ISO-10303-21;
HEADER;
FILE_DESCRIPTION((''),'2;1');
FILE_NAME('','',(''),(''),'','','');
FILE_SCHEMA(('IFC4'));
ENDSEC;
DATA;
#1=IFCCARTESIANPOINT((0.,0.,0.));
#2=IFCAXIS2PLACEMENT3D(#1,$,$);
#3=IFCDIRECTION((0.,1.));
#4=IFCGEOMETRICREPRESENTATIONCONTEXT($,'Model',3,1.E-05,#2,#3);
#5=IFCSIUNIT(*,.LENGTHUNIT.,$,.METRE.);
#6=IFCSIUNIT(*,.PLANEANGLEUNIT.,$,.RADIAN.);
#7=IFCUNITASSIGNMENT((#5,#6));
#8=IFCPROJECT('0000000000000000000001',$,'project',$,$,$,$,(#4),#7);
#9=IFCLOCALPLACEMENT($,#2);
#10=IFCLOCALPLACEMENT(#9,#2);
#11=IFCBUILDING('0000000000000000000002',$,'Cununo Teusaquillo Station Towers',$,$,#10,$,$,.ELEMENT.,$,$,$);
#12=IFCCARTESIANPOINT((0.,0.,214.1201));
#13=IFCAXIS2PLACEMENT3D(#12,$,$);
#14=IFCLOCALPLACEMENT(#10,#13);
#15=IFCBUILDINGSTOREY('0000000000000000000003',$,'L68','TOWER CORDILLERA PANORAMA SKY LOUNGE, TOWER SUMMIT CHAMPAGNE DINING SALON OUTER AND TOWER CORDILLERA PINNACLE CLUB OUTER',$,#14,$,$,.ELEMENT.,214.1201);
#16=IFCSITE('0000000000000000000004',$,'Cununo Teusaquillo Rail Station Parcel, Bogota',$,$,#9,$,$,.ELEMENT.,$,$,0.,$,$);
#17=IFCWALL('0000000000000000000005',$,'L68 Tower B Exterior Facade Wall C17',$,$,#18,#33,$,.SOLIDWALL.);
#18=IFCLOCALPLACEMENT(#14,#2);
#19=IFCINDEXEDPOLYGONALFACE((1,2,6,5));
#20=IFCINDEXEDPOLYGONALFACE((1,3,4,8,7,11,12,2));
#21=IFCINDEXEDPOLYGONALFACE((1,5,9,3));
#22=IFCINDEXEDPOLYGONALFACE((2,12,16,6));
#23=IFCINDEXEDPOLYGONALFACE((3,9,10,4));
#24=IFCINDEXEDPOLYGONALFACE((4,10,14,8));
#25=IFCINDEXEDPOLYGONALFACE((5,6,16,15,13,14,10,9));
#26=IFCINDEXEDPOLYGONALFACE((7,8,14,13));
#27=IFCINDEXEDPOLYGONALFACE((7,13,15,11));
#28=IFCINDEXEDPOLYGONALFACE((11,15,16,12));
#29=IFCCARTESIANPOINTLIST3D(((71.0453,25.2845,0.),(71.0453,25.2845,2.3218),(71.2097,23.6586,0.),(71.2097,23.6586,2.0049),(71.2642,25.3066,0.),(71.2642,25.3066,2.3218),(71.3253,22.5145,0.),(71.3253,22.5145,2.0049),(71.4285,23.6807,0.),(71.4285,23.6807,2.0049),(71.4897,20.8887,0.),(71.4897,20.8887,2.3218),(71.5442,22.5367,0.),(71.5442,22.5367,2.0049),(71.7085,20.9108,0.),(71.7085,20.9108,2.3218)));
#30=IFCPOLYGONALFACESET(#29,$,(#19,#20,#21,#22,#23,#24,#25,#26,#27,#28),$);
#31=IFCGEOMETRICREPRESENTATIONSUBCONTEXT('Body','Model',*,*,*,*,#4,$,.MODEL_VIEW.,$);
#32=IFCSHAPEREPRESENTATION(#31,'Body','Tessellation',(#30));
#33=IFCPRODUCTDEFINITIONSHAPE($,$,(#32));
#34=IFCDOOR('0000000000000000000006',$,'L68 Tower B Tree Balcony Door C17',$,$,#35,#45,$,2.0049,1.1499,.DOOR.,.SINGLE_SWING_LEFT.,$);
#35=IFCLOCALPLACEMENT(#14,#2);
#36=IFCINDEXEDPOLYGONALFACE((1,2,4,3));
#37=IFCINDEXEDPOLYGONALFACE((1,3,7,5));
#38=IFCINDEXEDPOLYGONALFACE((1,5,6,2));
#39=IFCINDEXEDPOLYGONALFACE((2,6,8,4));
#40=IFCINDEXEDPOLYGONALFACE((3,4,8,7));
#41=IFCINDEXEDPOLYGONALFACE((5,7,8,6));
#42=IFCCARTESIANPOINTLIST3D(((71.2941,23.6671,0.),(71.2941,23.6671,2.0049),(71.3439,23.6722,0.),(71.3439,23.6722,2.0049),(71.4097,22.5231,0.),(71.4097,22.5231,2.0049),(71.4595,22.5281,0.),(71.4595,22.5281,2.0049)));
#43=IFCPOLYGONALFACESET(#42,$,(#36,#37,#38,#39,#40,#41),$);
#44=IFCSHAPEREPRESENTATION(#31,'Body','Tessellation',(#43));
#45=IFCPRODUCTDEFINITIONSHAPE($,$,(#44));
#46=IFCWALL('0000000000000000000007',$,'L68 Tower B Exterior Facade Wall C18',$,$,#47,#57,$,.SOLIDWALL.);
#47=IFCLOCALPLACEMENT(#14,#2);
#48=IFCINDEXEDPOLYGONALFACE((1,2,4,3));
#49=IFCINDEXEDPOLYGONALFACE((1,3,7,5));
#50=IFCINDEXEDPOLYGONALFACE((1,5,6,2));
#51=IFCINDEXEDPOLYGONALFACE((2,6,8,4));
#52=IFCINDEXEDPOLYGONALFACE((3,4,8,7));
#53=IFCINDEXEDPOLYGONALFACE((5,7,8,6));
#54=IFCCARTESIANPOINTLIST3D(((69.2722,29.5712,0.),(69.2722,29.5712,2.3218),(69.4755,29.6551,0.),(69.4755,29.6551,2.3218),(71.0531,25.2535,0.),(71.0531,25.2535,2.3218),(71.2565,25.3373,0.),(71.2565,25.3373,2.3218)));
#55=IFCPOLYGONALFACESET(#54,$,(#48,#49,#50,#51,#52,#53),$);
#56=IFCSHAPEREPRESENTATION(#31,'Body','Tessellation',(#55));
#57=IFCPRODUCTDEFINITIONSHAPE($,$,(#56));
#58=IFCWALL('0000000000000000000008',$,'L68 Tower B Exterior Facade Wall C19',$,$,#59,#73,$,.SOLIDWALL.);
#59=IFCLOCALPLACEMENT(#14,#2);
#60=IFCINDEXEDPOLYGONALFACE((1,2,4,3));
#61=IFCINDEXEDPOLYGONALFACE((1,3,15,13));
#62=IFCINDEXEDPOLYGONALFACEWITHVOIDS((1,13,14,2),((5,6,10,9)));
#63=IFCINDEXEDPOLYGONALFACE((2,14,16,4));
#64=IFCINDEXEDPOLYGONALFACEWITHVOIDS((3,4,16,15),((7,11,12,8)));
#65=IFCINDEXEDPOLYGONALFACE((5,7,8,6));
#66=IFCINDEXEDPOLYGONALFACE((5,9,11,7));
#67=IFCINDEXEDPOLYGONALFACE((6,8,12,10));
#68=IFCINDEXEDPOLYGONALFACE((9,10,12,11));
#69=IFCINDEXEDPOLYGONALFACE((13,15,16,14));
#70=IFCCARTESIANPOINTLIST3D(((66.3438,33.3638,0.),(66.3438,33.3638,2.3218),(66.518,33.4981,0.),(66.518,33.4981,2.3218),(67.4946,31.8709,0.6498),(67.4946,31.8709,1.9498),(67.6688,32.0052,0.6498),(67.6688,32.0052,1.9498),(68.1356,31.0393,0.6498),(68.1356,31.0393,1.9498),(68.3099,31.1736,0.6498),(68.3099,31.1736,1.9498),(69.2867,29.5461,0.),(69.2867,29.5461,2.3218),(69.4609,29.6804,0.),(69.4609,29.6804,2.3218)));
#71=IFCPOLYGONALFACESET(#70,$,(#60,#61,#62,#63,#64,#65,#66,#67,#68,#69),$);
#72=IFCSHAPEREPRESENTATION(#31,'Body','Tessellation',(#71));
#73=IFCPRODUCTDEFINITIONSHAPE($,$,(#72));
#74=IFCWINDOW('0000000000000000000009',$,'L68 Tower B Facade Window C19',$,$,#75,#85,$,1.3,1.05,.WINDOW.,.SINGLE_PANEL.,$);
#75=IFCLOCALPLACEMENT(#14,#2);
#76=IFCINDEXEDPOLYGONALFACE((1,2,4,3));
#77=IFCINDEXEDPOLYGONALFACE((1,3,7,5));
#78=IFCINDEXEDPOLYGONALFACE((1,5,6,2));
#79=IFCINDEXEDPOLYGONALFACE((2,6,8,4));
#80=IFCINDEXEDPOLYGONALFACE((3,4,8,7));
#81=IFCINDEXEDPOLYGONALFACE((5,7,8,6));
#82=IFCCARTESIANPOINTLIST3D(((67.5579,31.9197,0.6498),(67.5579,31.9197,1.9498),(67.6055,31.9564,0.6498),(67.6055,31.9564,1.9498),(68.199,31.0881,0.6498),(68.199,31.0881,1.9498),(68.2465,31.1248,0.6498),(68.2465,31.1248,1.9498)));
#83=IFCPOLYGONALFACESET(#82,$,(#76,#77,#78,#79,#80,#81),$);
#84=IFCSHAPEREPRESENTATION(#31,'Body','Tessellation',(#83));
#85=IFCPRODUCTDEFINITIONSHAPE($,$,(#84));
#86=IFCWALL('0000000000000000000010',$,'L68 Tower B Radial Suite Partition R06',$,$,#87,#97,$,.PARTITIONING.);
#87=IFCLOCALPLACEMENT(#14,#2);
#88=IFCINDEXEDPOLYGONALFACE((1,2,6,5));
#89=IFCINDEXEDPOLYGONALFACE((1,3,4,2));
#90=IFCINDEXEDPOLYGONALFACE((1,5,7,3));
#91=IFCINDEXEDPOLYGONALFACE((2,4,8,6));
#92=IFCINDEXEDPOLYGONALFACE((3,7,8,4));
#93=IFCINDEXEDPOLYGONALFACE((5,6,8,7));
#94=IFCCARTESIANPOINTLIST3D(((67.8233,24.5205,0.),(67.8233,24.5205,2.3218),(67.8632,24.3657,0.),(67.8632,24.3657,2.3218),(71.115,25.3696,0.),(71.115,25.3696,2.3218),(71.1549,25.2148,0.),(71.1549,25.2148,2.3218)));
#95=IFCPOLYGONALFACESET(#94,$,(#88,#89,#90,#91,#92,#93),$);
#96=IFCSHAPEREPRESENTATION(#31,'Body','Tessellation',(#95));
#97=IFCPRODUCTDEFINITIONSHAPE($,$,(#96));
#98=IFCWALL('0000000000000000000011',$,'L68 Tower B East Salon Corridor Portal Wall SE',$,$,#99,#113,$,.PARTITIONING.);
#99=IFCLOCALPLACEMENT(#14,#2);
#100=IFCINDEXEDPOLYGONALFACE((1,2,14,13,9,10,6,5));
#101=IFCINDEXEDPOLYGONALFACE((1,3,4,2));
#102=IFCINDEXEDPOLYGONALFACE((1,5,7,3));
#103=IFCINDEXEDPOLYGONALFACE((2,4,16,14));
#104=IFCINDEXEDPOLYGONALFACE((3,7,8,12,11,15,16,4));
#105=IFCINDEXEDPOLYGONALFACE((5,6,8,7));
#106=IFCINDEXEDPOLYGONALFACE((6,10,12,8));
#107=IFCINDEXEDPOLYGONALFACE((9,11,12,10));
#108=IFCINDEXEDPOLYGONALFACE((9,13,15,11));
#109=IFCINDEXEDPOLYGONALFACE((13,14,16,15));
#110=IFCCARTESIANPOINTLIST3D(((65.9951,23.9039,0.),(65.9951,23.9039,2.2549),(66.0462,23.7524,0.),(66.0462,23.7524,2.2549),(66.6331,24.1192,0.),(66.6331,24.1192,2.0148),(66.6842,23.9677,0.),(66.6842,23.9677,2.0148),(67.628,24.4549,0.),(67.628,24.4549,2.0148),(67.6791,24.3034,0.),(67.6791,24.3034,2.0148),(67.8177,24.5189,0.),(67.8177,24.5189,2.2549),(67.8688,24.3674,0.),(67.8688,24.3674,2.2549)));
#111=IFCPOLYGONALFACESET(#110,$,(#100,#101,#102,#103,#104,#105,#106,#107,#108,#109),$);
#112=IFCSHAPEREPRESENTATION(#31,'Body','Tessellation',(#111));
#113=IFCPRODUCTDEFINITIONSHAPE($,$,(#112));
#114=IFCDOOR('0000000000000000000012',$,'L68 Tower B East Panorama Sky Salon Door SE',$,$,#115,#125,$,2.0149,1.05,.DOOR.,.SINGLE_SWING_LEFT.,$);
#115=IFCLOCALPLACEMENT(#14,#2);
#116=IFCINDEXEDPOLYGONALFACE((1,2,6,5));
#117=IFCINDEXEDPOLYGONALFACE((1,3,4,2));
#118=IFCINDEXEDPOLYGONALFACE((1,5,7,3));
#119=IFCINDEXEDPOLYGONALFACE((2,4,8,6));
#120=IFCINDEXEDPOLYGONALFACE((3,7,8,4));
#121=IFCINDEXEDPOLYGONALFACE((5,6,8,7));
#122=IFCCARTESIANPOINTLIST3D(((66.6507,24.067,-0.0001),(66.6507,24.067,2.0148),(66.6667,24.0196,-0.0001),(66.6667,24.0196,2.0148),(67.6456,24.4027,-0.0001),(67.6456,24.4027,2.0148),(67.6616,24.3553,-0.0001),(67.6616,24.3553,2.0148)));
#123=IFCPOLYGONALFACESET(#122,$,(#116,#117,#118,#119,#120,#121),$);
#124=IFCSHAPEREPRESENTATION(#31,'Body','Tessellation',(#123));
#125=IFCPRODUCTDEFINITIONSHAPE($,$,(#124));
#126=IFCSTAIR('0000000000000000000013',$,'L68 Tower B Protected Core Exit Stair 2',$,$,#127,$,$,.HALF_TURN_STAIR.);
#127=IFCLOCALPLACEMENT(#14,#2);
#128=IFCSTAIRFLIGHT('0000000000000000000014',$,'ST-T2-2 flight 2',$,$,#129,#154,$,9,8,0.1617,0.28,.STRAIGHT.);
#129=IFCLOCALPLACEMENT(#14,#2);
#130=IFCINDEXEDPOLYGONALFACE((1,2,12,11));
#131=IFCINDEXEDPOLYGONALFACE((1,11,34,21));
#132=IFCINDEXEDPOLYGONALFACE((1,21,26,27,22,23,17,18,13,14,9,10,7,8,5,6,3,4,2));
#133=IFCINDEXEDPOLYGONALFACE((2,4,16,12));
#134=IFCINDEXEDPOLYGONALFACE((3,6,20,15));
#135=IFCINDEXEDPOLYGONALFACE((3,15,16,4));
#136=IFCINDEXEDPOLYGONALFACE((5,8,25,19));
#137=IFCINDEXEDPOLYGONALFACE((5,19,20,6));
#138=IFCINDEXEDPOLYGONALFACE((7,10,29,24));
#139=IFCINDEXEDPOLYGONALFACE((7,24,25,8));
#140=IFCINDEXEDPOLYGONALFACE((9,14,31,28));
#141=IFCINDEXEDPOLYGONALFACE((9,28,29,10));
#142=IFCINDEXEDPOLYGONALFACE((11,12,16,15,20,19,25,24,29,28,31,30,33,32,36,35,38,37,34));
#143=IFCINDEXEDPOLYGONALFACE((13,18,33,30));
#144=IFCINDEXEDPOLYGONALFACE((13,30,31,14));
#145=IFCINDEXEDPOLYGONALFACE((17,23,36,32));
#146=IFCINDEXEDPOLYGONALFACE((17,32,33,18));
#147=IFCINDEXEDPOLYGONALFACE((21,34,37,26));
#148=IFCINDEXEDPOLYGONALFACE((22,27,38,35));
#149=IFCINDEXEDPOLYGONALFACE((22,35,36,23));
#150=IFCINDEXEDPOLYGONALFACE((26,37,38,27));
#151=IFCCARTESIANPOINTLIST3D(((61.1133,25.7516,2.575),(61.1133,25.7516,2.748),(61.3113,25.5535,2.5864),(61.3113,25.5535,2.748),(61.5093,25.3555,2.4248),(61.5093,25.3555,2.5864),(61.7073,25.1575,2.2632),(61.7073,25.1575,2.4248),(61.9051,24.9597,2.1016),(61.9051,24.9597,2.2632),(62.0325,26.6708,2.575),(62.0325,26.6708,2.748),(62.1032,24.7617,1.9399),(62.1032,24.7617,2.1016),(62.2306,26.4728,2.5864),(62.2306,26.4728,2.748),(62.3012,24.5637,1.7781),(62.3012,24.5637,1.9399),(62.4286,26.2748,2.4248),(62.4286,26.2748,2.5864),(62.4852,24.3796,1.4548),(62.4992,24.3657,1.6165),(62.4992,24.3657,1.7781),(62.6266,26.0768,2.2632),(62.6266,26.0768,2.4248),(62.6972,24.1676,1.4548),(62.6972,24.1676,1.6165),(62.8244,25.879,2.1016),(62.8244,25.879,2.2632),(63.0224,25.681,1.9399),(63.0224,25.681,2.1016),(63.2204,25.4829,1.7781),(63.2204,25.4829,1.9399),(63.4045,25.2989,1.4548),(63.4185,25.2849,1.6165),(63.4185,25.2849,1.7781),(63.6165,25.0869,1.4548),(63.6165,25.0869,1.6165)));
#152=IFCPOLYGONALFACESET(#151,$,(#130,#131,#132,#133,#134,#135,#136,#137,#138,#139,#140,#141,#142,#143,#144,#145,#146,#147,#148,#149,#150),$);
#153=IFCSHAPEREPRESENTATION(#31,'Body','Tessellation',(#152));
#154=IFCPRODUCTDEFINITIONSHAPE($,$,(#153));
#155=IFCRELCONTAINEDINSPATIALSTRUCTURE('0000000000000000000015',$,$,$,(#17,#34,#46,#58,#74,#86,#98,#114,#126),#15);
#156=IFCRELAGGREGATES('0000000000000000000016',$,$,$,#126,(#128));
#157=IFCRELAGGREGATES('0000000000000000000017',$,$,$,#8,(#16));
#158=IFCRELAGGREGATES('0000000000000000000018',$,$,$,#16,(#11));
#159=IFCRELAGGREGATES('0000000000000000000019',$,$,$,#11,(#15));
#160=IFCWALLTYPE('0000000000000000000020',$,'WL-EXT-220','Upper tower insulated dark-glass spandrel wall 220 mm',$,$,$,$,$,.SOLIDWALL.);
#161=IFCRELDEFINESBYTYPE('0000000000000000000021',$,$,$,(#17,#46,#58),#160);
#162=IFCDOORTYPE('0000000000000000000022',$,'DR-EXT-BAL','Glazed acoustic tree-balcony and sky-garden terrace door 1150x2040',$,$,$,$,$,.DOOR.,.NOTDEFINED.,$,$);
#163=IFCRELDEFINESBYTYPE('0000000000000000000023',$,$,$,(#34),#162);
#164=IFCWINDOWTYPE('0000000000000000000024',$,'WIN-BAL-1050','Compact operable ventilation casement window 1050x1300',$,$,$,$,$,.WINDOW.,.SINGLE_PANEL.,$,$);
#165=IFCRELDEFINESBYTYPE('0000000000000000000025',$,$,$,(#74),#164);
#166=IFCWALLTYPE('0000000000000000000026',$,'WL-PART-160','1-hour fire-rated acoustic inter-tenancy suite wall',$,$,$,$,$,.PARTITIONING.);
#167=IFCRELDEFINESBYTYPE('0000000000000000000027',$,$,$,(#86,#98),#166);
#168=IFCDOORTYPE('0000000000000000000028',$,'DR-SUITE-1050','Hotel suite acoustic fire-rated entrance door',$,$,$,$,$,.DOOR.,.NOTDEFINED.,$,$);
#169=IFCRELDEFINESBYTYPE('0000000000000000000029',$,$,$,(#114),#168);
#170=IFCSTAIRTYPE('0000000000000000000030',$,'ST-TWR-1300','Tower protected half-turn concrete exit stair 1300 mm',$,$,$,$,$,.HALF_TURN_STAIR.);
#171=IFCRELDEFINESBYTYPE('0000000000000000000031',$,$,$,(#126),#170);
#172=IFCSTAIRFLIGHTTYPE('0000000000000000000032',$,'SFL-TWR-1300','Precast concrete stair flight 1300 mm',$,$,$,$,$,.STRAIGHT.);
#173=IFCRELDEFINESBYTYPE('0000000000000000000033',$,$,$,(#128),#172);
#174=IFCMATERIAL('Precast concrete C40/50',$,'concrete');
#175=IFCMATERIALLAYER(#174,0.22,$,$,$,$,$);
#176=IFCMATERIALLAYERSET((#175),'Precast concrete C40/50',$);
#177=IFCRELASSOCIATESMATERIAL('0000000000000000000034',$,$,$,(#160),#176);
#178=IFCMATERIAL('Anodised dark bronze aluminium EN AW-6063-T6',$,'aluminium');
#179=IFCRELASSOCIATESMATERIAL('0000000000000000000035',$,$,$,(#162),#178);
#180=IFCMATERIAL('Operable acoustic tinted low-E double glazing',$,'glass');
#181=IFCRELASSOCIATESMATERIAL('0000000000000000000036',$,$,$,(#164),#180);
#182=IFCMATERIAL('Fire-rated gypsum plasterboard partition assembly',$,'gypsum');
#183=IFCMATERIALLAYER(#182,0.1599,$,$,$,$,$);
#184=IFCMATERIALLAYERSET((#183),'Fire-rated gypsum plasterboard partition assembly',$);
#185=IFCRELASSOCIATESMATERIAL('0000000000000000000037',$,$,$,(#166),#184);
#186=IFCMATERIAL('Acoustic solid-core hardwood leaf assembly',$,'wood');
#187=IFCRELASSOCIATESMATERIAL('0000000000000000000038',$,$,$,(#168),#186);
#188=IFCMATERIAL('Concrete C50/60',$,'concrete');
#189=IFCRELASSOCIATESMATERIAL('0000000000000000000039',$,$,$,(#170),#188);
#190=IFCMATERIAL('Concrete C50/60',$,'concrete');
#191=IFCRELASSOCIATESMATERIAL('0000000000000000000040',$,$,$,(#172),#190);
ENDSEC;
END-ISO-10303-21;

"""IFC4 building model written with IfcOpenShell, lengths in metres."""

from ifc_helpers import new_model, si_unit, direction, frame, frame_2d, origin, place, context, subcontext, project, spatial, polyline, rectangle, outline, extrude, source, transform, mapped, material, layer, layer_set, type_object, element, fill, aggregate, save


model = new_model("IFC4")

# Units and contexts
model_context = context("Model", 3, precision=1e-05, world=origin(), true_north=direction((0.0, 1.0)))
body_context = subcontext(model_context, "Body", "Model", "MODEL_VIEW")
ifc_project = project(units=[si_unit("LENGTHUNIT", "METRE"), si_unit("PLANEANGLEUNIT", "RADIAN")], contexts=[model_context])

# Site, building, storey
site_placement = place(None, origin())
site = spatial("IfcSite", under=ifc_project, at=site_placement, Name="Cununo Teusaquillo Rail Station Parcel, Bogota", CompositionType="ELEMENT", RefElevation=0.0)
building_placement = place(site_placement, origin())
building = spatial("IfcBuilding", under=site, at=building_placement, Name="Cununo Teusaquillo Station Towers", CompositionType="ELEMENT")
storey_placement = place(building_placement, frame((0.0, 0.0, 214.1201)))
storey = spatial("IfcBuildingStorey", under=building, at=storey_placement, Name="L68", Description="TOWER CORDILLERA PANORAMA SKY LOUNGE, TOWER SUMMIT CHAMPAGNE DINING SALON OUTER AND TOWER CORDILLERA PINNACLE CLUB OUTER", CompositionType="ELEMENT", Elevation=214.1201)

# Wall, opening, door
ifc_material_1 = material(Name="Precast concrete C40/50", Category="concrete")
ifc_layer_1 = layer(ifc_material_1, 0.22)
ifc_layer_set_1 = layer_set([ifc_layer_1], Name="Precast concrete C40/50")
wall_type_1 = type_object("IfcWallType", Name="WL-EXT-220", Description="Upper tower insulated dark-glass spandrel wall 220 mm", PredefinedType="SOLIDWALL", material=ifc_layer_set_1)
wall_1_placement = place(storey_placement, frame((71.1548, 25.2954, 0.0), z_axis=(0.0, 0.0, 1.0), x_axis=(0.100571, -0.99493, 0.0)))
wall_1 = element("IfcWall", 1, at=wall_1_placement, inside=storey, type_object=wall_type_1, Name="L68 Tower B Exterior Facade Wall C17", PredefinedType="SOLIDWALL", context=body_context, shape_type="SweptSolid", body=[
    extrude(rectangle(XDim=4.4182, YDim=0.22, at=frame_2d((2.209, 0.0))), origin(), (0.0, 0.0, 1.0), 2.3218),
])
shared_shape_1 = source(origin(), body_context, "Body", "SweptSolid", [
    extrude(rectangle(XDim=1.1499, YDim=2.0049, at=frame_2d((0.575, 1.0024))), frame((0.0, 0.1199, 0.0), z_axis=(0.0, -1.0, 0.0), x_axis=(1.0, 0.0, 0.0)), (0.0, 0.0, 1.0), 0.24),
])
opening_1_placement = place(wall_1_placement, frame((1.634, 0.0, 0.0)))
opening_1 = element("IfcOpeningElement", 2, at=opening_1_placement, cuts=wall_1, PredefinedType="OPENING", context=body_context, shape_type="MappedRepresentation", body=[
    mapped(shared_shape_1, transform((0.0, 0.0, 0.0), x_axis=(1.0, 0.0, 0.0), y_axis=(0.0, 1.0, 0.0), z_axis=(0.0, 0.0, 1.0), scale=1.0)),
])
ifc_material_2 = material(Name="Anodised dark bronze aluminium EN AW-6063-T6", Category="aluminium")
door_type_1 = type_object("IfcDoorType", Name="DR-EXT-BAL", Description="Glazed acoustic tree-balcony and sky-garden terrace door 1150x2040", OperationType="NOTDEFINED", PredefinedType="DOOR", material=ifc_material_2)
shared_shape_2 = source(origin(), body_context, "Body", "SweptSolid", [
    extrude(rectangle(XDim=1.1499, YDim=2.0049, at=frame_2d((0.575, 1.0024))), frame((0.0, 0.0249, 0.0), z_axis=(0.0, -1.0, 0.0), x_axis=(1.0, 0.0, 0.0)), (0.0, 0.0, 1.0), 0.05),
])
door_1_placement = place(opening_1_placement, origin())
door_1 = element("IfcDoor", 3, at=door_1_placement, inside=storey, type_object=door_type_1, Name="L68 Tower B Tree Balcony Door C17", OperationType="SINGLE_SWING_LEFT", OverallHeight=2.0049, OverallWidth=1.1499, PredefinedType="DOOR", context=body_context, shape_type="MappedRepresentation", body=[
    mapped(shared_shape_2, transform((0.0, 0.0, 0.0), x_axis=(1.0, 0.0, 0.0), y_axis=(0.0, 1.0, 0.0), z_axis=(0.0, 0.0, 1.0), scale=1.0)),
])
fill(opening_1, door_1)

# Wall
wall_2_placement = place(storey_placement, frame((69.3738, 29.6133, 0.0), z_axis=(0.0, 0.0, 1.0), x_axis=(0.38131, -0.924447, 0.0)))
element("IfcWall", 4, at=wall_2_placement, inside=storey, type_object=wall_type_1, Name="L68 Tower B Exterior Facade Wall C18", PredefinedType="SOLIDWALL", context=body_context, shape_type="SweptSolid", body=[
    extrude(rectangle(XDim=4.6707, YDim=0.22, at=frame_2d((2.3354, 0.0))), origin(), (0.0, 0.0, 1.0), 2.3218),
])

# Wall, opening, window
wall_3_placement = place(storey_placement, frame((66.4309, 33.4309, 0.0), z_axis=(0.0, 0.0, 1.0), x_axis=(0.610523, -0.791998, 0.0)))
wall_3 = element("IfcWall", 5, at=wall_3_placement, inside=storey, type_object=wall_type_1, Name="L68 Tower B Exterior Facade Wall C19", PredefinedType="SOLIDWALL", context=body_context, shape_type="SweptSolid", body=[
    extrude(rectangle(XDim=4.8203, YDim=0.22, at=frame_2d((2.4102, 0.0))), origin(), (0.0, 0.0, 1.0), 2.3218),
])
shared_shape_3 = source(origin(), body_context, "Body", "SweptSolid", [
    extrude(rectangle(XDim=1.05, YDim=1.3, at=frame_2d((0.5249, 0.6499))), frame((0.0, 0.1199, 0.0), z_axis=(0.0, -1.0, 0.0), x_axis=(1.0, 0.0, 0.0)), (0.0, 0.0, 1.0), 0.24),
])
opening_2_placement = place(wall_3_placement, frame((1.885, 0.0, 0.6499)))
opening_2 = element("IfcOpeningElement", 6, at=opening_2_placement, cuts=wall_3, PredefinedType="OPENING", context=body_context, shape_type="MappedRepresentation", body=[
    mapped(shared_shape_3, transform((0.0, 0.0, 0.0), x_axis=(1.0, 0.0, 0.0), y_axis=(0.0, 1.0, 0.0), z_axis=(0.0, 0.0, 1.0), scale=1.0)),
])
ifc_material_3 = material(Name="Operable acoustic tinted low-E double glazing", Category="glass")
window_type = type_object("IfcWindowType", Name="WIN-BAL-1050", Description="Compact operable ventilation casement window 1050x1300", PartitioningType="SINGLE_PANEL", PredefinedType="WINDOW", material=ifc_material_3)
shared_shape_4 = source(origin(), body_context, "Body", "SweptSolid", [
    extrude(rectangle(XDim=1.05, YDim=1.3, at=frame_2d((0.5249, 0.6499))), frame((0.0, 0.03, 0.0), z_axis=(0.0, -1.0, 0.0), x_axis=(1.0, 0.0, 0.0)), (0.0, 0.0, 1.0), 0.0601),
])
window_placement = place(opening_2_placement, origin())
window = element("IfcWindow", 7, at=window_placement, inside=storey, type_object=window_type, Name="L68 Tower B Facade Window C19", OverallHeight=1.3, OverallWidth=1.05, PartitioningType="SINGLE_PANEL", PredefinedType="WINDOW", context=body_context, shape_type="MappedRepresentation", body=[
    mapped(shared_shape_4, transform((0.0, 0.0, 0.0), x_axis=(1.0, 0.0, 0.0), y_axis=(0.0, 1.0, 0.0), z_axis=(0.0, 0.0, 1.0), scale=1.0)),
])
fill(opening_2, window)

# Wall
ifc_material_4 = material(Name="Fire-rated gypsum plasterboard partition assembly", Category="gypsum")
ifc_layer_2 = layer(ifc_material_4, 0.1599)
ifc_layer_set_2 = layer_set([ifc_layer_2], Name="Fire-rated gypsum plasterboard partition assembly")
wall_type_2 = type_object("IfcWallType", Name="WL-PART-160", Description="1-hour fire-rated acoustic inter-tenancy suite wall", PredefinedType="PARTITIONING", material=ifc_layer_set_2)
wall_4_placement = place(storey_placement, frame((67.8433, 24.4431, 0.0), z_axis=(0.0, 0.0, 1.0), x_axis=(0.968303, 0.249778, 0.0)))
element("IfcWall", 8, at=wall_4_placement, inside=storey, type_object=wall_type_2, Name="L68 Tower B Radial Suite Partition R06", PredefinedType="PARTITIONING", context=body_context, shape_type="SweptSolid", body=[
    extrude(rectangle(XDim=3.3994, YDim=0.1599, at=frame_2d((1.6997, 0.0))), origin(), (0.0, 0.0, 1.0), 2.3218),
])

# Wall, opening, door
wall_5_placement = place(storey_placement, frame((66.0205, 23.8281, 0.0), z_axis=(0.0, 0.0, 1.0), x_axis=(0.947522, 0.31969, 0.0)))
wall_5 = element("IfcWall", 9, at=wall_5_placement, inside=storey, type_object=wall_type_2, Name="L68 Tower B East Salon Corridor Portal Wall SE", PredefinedType="PARTITIONING", context=body_context, shape_type="SweptSolid", body=[
    extrude(rectangle(XDim=1.9236, YDim=0.1599, at=frame_2d((0.9619, 0.0))), origin(), (0.0, 0.0, 1.0), 2.2549),
])
shared_shape_5 = source(origin(), body_context, "Body", "SweptSolid", [
    extrude(rectangle(XDim=1.05, YDim=2.0149, at=frame_2d((0.5249, 1.0073))), frame((0.0, 0.0898, 0.0), z_axis=(0.0, -1.0, 0.0), x_axis=(1.0, 0.0, 0.0)), (0.0, 0.0, 1.0), 0.1799),
])
opening_3_placement = place(wall_5_placement, frame((0.6736, 0.0, 0.0)))
opening_3 = element("IfcOpeningElement", 10, at=opening_3_placement, cuts=wall_5, PredefinedType="OPENING", context=body_context, shape_type="MappedRepresentation", body=[
    mapped(shared_shape_5, transform((0.0, 0.0, 0.0), x_axis=(1.0, 0.0, 0.0), y_axis=(0.0, 1.0, 0.0), z_axis=(0.0, 0.0, 1.0), scale=1.0)),
])
ifc_material_5 = material(Name="Acoustic solid-core hardwood leaf assembly", Category="wood")
door_type_2 = type_object("IfcDoorType", Name="DR-SUITE-1050", Description="Hotel suite acoustic fire-rated entrance door", OperationType="NOTDEFINED", PredefinedType="DOOR", material=ifc_material_5)
shared_shape_6 = source(origin(), body_context, "Body", "SweptSolid", [
    extrude(rectangle(XDim=1.05, YDim=2.0149, at=frame_2d((0.5249, 1.0073))), frame((0.0, 0.0249, 0.0), z_axis=(0.0, -1.0, 0.0), x_axis=(1.0, 0.0, 0.0)), (0.0, 0.0, 1.0), 0.05),
])
door_2_placement = place(opening_3_placement, origin())
door_2 = element("IfcDoor", 11, at=door_2_placement, inside=storey, type_object=door_type_2, Name="L68 Tower B East Panorama Sky Salon Door SE", OperationType="SINGLE_SWING_LEFT", OverallHeight=2.0149, OverallWidth=1.05, PredefinedType="DOOR", context=body_context, shape_type="MappedRepresentation", body=[
    mapped(shared_shape_6, transform((0.0, 0.0, 0.0), x_axis=(1.0, 0.0, 0.0), y_axis=(0.0, 1.0, 0.0), z_axis=(0.0, 0.0, 1.0), scale=1.0)),
])
fill(opening_3, door_2)

# Stair, stair flight
ifc_material_6 = material(Name="Concrete C50/60", Category="concrete")
stair_type = type_object("IfcStairType", Name="ST-TWR-1300", Description="Tower protected half-turn concrete exit stair 1300 mm", PredefinedType="HALF_TURN_STAIR", material=ifc_material_6)
stair_placement = place(storey_placement, origin())
stair = element("IfcStair", 12, at=stair_placement, inside=storey, type_object=stair_type, Name="L68 Tower B Protected Core Exit Stair 2", PredefinedType="HALF_TURN_STAIR")
ifc_material_7 = material(Name="Concrete C50/60", Category="concrete")
stair_flight_type = type_object("IfcStairFlightType", Name="SFL-TWR-1300", Description="Precast concrete stair flight 1300 mm", PredefinedType="STRAIGHT", material=ifc_material_7)
stair_flight_placement = place(storey_placement, frame((63.1567, 24.6272, 1.4548), z_axis=(0.0, 0.0, 1.0), x_axis=(-0.707107, 0.707107, 0.0)))
stair_flight = element("IfcStairFlight", 13, at=stair_flight_placement, type_object=stair_flight_type, Name="ST-T2-2 flight 2", NumberOfRisers=9, NumberOfTreads=8, PredefinedType="STRAIGHT", RiserHeight=0.1617, TreadLength=0.28, context=body_context, shape_type="SweptSolid", body=[
    extrude(outline(polyline([(0.0, 0.0), (0.0, 0.1616), (0.28, 0.1616), (0.28, 0.3232), (0.5601, 0.3232), (0.5601, 0.4851), (0.8401, 0.4851), (0.8401, 0.6467), (1.1201, 0.6467), (1.1201, 0.8083), (1.3999, 0.8083), (1.3999, 0.97), (1.6799, 0.97), (1.6799, 1.1316), (1.96, 1.1316), (1.96, 1.2932), (2.24, 1.2932), (2.24, 1.4551), (2.24, 1.1201), (0.2998, 0.0), (0.0, 0.0)])), frame((0.0, 0.6499, 0.0), z_axis=(0.0, -1.0, 0.0), x_axis=(1.0, 0.0, 0.0)), (0.0, 0.0, 1.0), 1.3),
])
aggregate(stair, [stair_flight])

save(model, "model.ifc")
